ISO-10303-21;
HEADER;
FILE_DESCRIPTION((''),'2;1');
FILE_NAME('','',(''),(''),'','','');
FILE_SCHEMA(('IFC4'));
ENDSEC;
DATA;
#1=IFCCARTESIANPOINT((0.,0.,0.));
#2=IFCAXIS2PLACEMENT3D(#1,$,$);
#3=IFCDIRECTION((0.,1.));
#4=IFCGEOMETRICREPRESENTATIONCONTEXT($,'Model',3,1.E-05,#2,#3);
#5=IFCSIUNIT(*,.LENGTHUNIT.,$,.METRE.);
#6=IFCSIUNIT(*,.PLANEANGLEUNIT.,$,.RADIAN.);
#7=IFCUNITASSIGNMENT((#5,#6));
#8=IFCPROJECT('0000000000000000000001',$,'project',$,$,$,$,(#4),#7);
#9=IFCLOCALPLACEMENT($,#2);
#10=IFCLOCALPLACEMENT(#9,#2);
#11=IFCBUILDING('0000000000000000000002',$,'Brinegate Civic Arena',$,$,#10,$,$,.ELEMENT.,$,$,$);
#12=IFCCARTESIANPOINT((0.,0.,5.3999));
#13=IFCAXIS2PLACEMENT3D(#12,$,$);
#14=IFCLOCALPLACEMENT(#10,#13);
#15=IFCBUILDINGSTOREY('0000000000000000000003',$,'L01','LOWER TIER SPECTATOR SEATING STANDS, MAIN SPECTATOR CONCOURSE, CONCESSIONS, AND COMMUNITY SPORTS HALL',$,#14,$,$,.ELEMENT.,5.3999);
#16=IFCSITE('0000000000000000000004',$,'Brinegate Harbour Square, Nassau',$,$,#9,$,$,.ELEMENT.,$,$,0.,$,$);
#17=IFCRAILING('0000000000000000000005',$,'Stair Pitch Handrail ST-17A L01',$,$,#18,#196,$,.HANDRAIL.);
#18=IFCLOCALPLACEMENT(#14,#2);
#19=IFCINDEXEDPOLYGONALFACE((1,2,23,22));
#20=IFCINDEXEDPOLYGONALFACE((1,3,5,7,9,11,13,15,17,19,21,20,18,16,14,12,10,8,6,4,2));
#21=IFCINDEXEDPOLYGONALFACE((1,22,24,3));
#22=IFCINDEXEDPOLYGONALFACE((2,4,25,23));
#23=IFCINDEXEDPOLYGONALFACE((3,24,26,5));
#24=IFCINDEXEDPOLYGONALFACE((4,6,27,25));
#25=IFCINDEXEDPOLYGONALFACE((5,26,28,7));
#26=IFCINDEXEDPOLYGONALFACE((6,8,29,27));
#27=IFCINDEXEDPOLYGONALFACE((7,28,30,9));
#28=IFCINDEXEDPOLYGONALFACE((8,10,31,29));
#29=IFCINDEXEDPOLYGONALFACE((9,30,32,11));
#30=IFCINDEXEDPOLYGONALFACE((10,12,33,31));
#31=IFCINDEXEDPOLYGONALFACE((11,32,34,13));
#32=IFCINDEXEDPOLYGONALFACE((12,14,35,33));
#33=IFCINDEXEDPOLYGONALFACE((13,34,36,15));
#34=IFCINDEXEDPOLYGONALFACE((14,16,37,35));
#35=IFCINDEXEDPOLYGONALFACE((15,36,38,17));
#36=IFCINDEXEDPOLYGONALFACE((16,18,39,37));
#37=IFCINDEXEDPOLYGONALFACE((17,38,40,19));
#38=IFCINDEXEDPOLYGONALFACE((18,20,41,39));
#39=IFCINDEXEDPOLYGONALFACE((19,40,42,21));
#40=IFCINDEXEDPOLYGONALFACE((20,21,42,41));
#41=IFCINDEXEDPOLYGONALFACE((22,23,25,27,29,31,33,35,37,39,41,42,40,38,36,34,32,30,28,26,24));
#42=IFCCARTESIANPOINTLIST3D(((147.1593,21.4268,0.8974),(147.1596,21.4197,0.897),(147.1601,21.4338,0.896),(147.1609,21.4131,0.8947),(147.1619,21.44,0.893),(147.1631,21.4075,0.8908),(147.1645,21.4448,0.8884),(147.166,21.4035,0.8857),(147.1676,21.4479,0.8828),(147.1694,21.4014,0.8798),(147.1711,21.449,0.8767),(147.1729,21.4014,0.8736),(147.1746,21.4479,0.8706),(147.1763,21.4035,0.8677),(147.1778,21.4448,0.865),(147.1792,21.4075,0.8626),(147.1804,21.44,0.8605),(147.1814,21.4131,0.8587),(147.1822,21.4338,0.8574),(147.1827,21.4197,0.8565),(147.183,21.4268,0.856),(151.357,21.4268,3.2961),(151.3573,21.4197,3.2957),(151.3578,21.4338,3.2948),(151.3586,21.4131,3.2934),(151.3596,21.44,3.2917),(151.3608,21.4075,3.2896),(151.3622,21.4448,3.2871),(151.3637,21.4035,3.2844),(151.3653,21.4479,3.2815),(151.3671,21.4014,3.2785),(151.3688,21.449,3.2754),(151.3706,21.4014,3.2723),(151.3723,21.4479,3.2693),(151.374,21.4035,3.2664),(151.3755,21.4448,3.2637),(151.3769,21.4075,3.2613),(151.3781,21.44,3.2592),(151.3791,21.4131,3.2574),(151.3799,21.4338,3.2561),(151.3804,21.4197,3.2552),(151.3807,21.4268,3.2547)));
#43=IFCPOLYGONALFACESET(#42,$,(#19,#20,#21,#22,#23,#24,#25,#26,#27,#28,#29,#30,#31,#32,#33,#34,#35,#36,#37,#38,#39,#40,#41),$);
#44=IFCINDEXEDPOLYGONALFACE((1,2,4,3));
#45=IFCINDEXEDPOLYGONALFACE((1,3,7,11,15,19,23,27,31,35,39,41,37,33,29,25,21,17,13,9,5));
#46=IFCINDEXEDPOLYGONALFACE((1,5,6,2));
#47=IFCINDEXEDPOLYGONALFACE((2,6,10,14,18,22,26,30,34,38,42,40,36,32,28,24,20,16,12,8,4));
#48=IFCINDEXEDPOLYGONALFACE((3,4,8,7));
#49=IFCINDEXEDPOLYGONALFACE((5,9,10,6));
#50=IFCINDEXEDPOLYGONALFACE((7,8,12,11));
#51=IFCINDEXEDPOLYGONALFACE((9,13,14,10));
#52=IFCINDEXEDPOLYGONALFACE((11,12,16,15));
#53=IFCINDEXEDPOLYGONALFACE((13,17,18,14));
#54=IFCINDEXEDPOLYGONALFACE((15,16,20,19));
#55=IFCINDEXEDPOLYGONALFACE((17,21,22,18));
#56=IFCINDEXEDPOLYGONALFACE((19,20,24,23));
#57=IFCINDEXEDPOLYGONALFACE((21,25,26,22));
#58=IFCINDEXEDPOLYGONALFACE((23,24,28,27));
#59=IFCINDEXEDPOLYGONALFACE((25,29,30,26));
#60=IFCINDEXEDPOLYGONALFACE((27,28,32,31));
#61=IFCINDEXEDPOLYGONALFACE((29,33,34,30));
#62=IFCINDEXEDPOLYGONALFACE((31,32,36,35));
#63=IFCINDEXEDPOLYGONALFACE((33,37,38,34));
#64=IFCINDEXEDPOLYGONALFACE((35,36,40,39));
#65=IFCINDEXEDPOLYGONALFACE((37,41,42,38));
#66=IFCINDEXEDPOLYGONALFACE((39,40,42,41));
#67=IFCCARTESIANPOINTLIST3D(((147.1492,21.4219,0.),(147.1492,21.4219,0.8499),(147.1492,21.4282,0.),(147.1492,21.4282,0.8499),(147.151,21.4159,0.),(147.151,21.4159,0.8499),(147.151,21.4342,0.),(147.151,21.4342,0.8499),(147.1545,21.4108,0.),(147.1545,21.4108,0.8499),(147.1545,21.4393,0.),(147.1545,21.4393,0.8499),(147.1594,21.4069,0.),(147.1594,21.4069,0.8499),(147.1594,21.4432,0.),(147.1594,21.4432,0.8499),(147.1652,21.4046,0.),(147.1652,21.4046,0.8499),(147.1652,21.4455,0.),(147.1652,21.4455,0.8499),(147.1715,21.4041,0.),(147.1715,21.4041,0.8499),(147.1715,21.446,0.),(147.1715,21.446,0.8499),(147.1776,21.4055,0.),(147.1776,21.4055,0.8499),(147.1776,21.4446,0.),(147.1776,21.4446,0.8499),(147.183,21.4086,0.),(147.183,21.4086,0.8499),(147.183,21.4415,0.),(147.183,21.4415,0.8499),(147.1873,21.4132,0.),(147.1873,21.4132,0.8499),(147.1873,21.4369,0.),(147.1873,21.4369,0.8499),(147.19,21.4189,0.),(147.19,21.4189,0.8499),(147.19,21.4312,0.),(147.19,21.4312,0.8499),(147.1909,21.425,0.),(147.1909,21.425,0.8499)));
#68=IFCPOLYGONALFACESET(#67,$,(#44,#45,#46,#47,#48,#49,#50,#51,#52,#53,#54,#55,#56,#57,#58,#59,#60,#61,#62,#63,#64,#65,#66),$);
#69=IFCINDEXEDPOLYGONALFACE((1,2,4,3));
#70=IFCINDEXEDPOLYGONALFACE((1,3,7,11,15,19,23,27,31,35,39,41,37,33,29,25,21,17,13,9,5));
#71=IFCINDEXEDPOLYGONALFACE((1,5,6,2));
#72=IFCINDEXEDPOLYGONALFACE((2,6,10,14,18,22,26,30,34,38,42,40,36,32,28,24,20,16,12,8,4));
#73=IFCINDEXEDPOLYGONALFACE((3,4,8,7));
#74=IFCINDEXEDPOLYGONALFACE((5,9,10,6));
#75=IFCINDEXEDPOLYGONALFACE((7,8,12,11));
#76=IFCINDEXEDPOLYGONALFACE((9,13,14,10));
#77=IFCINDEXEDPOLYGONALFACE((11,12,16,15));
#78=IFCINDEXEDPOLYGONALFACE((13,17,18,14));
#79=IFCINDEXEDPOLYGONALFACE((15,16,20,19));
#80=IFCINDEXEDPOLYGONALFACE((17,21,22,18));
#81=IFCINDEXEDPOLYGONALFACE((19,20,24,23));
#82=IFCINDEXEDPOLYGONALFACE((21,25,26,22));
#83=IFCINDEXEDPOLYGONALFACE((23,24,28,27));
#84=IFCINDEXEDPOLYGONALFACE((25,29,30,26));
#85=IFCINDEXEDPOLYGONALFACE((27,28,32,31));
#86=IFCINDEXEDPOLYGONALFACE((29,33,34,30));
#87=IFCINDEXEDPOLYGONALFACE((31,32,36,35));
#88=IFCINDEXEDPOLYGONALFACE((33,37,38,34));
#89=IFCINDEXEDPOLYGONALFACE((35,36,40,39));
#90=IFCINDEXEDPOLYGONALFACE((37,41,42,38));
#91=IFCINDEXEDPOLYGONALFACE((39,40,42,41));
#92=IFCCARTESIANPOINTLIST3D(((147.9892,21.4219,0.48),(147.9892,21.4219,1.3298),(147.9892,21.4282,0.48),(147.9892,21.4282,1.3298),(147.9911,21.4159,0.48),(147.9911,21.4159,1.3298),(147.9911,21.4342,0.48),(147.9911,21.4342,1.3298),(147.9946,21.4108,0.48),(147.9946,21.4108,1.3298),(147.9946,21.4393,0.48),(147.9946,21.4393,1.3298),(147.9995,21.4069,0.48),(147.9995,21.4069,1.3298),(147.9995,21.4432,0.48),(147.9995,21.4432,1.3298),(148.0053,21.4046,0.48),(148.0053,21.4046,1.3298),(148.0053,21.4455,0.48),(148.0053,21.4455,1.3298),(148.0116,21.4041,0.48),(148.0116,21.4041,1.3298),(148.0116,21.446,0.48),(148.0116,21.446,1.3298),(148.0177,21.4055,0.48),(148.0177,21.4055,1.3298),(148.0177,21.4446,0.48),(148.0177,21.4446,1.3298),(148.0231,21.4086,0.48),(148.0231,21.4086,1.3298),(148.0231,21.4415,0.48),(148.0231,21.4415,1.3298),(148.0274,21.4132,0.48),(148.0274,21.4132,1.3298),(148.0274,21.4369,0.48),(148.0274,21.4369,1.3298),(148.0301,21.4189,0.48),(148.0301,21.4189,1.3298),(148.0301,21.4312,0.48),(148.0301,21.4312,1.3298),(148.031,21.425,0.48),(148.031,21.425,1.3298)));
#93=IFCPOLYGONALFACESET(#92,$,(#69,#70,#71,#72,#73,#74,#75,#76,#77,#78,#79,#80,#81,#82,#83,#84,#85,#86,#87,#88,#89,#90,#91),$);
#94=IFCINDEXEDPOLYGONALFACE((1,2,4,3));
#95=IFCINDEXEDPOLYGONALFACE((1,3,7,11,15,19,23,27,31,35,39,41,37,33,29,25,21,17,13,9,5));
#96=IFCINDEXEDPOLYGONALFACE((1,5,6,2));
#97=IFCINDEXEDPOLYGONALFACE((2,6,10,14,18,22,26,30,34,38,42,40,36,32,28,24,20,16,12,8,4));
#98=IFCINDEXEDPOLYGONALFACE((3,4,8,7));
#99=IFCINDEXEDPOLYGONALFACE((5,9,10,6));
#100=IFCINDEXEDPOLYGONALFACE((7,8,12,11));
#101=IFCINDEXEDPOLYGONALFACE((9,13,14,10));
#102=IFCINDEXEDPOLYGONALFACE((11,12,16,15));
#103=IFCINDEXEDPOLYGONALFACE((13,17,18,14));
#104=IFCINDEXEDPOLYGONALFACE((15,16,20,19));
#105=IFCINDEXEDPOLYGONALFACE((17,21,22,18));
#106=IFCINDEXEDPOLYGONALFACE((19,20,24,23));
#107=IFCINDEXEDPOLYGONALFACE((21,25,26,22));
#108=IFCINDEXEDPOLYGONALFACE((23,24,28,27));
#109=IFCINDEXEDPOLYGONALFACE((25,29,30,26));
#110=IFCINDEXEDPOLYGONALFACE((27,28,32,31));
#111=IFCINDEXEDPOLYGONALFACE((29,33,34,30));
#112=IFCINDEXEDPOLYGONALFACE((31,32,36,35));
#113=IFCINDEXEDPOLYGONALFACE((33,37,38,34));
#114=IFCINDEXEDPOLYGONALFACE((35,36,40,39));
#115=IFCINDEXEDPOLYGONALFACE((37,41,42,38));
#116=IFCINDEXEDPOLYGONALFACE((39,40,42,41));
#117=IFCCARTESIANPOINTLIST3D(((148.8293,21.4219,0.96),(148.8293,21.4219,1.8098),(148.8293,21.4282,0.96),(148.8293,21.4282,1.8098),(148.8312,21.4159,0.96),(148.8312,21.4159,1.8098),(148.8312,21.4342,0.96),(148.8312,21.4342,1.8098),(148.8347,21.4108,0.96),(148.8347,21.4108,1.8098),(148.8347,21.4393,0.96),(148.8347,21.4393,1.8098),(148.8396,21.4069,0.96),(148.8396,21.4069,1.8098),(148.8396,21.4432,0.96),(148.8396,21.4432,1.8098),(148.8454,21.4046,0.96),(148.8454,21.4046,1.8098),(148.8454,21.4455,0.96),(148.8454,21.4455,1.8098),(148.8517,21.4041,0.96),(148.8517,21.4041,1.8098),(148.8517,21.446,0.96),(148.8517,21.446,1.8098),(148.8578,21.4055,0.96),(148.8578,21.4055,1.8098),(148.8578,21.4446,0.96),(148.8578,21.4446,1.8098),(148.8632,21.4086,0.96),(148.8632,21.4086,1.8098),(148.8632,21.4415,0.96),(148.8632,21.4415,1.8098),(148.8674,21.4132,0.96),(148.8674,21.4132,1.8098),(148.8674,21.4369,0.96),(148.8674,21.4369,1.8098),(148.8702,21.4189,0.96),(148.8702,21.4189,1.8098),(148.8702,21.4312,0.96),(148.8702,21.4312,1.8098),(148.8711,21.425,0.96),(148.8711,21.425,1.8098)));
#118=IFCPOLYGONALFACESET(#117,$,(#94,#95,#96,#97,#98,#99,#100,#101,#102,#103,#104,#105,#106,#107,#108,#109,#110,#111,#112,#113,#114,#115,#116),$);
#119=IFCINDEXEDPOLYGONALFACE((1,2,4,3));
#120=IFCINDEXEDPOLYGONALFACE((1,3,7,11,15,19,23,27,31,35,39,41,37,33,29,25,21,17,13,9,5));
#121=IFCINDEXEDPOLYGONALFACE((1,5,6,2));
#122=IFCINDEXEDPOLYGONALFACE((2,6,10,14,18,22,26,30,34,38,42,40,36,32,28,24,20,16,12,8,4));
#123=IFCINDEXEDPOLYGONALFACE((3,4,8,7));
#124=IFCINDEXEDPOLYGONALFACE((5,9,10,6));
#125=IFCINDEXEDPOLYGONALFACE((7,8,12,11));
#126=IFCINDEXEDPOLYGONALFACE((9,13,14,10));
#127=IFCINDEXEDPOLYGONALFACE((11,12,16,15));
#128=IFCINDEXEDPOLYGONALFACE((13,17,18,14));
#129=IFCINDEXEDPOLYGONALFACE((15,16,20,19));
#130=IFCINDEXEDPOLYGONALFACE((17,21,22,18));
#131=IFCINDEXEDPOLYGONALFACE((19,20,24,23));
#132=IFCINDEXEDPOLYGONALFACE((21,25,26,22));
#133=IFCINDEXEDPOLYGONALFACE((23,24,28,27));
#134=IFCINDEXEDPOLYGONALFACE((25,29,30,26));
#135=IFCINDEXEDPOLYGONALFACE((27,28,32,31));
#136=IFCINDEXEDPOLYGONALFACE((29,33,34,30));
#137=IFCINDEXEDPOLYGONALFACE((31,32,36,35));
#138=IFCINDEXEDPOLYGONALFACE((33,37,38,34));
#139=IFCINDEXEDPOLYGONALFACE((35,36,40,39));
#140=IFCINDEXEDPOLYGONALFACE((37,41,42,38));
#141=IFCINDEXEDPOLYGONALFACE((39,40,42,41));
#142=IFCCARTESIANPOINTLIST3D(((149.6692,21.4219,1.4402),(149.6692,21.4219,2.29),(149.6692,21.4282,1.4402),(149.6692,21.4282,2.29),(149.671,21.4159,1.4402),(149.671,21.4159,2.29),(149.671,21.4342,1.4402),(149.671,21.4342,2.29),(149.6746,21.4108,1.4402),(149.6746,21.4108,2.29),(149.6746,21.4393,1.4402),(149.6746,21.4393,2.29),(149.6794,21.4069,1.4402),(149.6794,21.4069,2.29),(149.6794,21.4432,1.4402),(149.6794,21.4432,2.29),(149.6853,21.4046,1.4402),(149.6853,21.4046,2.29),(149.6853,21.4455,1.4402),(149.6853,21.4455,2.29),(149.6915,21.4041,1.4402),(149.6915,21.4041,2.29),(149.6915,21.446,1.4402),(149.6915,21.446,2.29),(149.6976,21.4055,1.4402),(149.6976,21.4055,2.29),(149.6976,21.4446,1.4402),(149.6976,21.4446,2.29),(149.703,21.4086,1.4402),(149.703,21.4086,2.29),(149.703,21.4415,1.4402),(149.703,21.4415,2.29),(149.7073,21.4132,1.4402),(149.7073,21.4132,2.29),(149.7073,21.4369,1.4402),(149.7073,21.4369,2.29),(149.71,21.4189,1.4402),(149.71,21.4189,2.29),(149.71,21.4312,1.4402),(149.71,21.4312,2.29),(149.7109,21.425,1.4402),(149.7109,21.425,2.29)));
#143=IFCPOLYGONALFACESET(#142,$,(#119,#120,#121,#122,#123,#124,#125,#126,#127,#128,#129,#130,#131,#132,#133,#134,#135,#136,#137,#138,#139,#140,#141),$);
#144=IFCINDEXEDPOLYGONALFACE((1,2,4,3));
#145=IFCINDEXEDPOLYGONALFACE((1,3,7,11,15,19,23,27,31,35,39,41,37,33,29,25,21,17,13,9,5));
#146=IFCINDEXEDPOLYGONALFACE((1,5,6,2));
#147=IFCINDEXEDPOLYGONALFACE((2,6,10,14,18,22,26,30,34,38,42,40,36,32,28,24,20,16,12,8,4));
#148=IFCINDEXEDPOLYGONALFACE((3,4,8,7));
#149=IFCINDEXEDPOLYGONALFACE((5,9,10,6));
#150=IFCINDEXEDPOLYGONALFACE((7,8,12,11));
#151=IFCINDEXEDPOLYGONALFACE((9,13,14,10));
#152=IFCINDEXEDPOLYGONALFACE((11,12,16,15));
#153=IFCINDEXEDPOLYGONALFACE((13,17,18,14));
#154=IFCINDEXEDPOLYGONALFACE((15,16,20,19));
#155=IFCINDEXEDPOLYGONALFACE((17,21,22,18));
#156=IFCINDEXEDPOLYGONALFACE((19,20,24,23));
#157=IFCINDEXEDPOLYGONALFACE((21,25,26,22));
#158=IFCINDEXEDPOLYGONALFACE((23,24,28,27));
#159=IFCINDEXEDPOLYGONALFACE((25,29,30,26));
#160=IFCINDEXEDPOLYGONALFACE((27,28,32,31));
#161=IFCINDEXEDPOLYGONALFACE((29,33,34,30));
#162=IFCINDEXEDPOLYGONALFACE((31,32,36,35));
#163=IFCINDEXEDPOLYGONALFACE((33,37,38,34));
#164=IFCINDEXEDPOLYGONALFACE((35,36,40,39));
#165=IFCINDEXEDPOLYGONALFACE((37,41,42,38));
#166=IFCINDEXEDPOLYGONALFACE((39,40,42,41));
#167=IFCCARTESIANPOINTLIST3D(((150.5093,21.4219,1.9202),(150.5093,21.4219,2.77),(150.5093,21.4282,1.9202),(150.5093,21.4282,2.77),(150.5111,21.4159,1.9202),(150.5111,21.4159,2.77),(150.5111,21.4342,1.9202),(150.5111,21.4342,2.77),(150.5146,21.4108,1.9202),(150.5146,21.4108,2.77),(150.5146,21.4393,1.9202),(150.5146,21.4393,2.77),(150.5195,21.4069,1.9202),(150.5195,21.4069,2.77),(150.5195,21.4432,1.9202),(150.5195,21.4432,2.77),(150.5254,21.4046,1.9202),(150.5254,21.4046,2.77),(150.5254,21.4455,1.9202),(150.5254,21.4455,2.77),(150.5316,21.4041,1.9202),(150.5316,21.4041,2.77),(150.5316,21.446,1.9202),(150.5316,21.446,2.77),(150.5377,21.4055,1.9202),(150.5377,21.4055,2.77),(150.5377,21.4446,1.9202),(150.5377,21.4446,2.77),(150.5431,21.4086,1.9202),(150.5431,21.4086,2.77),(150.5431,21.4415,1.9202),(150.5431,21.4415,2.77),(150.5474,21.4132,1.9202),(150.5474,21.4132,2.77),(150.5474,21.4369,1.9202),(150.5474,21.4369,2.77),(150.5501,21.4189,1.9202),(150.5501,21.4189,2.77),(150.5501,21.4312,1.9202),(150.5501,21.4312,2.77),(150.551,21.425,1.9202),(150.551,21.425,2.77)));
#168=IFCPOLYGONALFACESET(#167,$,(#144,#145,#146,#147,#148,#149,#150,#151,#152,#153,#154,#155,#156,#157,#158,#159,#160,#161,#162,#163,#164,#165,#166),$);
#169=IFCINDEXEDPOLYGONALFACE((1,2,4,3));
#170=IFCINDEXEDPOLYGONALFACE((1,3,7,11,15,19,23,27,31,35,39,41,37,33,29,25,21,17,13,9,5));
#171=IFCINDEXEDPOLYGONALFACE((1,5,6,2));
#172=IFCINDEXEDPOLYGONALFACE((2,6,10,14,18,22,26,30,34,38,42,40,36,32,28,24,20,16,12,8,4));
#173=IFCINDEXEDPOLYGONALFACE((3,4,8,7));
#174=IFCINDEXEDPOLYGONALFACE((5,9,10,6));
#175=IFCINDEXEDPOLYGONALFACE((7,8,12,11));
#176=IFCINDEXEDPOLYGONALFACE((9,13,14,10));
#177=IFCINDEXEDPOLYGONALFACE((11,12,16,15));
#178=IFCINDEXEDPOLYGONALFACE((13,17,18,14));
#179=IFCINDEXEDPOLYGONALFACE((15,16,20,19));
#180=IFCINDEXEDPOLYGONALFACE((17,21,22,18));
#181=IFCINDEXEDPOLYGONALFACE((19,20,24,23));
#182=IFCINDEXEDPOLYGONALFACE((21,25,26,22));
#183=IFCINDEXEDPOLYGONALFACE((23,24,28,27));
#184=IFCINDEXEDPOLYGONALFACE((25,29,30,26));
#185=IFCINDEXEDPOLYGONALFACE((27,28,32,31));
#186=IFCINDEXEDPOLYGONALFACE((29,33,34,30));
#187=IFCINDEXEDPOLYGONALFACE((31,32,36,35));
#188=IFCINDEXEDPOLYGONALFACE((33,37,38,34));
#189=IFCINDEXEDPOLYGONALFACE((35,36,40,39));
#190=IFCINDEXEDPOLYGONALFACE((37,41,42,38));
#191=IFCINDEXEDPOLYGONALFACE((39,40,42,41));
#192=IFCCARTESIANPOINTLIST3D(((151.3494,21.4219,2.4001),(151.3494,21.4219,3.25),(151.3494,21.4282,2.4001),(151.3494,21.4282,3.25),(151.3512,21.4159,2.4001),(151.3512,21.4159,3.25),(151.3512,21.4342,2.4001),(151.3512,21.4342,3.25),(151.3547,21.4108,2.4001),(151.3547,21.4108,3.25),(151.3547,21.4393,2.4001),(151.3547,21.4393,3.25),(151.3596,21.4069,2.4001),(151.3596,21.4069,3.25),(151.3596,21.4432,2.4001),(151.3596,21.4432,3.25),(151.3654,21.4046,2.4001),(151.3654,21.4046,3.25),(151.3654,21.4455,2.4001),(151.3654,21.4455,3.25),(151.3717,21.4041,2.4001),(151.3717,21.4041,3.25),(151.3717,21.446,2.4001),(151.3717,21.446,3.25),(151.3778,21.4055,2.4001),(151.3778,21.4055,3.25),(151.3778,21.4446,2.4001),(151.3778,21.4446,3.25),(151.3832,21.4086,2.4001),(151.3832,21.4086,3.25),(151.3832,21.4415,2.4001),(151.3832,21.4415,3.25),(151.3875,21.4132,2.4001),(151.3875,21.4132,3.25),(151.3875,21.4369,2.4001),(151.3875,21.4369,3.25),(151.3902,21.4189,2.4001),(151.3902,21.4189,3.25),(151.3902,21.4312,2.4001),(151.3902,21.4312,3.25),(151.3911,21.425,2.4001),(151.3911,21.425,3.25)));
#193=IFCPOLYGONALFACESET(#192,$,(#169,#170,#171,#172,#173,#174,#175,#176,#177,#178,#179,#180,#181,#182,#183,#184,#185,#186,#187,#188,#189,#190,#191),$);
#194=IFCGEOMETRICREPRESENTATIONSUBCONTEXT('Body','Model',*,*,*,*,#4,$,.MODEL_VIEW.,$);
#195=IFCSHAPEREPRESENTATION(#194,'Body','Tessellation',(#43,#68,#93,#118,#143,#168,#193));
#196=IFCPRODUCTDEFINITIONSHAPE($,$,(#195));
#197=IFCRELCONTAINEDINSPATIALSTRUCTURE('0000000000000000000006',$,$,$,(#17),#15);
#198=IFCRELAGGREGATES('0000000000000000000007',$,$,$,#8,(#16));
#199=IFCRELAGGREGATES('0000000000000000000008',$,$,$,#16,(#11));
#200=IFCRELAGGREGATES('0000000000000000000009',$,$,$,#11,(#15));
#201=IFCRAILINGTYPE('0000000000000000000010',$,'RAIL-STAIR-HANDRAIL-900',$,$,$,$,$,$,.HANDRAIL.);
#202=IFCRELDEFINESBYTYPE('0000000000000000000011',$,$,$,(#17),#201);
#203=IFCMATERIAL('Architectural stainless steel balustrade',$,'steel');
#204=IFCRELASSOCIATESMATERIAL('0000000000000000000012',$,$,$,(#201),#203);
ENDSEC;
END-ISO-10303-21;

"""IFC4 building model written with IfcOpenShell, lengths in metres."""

from ifc_helpers import new_model, si_unit, direction, frame, origin, origin_2d, place, context, subcontext, project, spatial, circle, extrude, material, type_object, element, save


model = new_model("IFC4")

# Units and contexts
model_context = context("Model", 3, precision=1e-05, world=origin(), true_north=direction((0.0, 1.0)))
body_context = subcontext(model_context, "Body", "Model", "MODEL_VIEW")
ifc_project = project(units=[si_unit("LENGTHUNIT", "METRE"), si_unit("PLANEANGLEUNIT", "RADIAN")], contexts=[model_context])

# Site, building, storey
site_placement = place(None, origin())
site = spatial("IfcSite", under=ifc_project, at=site_placement, Name="Brinegate Harbour Square, Nassau", CompositionType="ELEMENT", RefElevation=0.0)
building_placement = place(site_placement, origin())
building = spatial("IfcBuilding", under=site, at=building_placement, Name="Brinegate Civic Arena", CompositionType="ELEMENT")
storey_placement = place(building_placement, frame((0.0, 0.0, 5.3999)))
storey = spatial("IfcBuildingStorey", under=building, at=storey_placement, Name="L01", Description="LOWER TIER SPECTATOR SEATING STANDS, MAIN SPECTATOR CONCOURSE, CONCESSIONS, AND COMMUNITY SPORTS HALL", CompositionType="ELEMENT", Elevation=5.3999)

# Railing
ifc_material_1 = material(Name="Architectural stainless steel balustrade", Category="steel")
railing_type = type_object("IfcRailingType", Name="RAIL-STAIR-HANDRAIL-900", PredefinedType="HANDRAIL", material=ifc_material_1)
for number, where, name in (
    (1, (147.1699, 21.425, 0.0), "Stair Pitch Handrail ST-17A L01"),
):
    element("IfcRailing", number, at=place(storey_placement, frame(where)), inside=storey, type_object=railing_type, Name=name, PredefinedType="HANDRAIL", context=body_context, shape_type="SweptSolid", body=[
        extrude(circle(Radius=0.0239, at=origin_2d()), frame((0.0012, 0.0, 0.8767), z_axis=(0.86824, 0.0, 0.496144), x_axis=(0.0, 1.0, 0.0)), (0.0, 0.0, 1.0), 4.8347),
        extrude(circle(Radius=0.021, at=origin_2d()), origin(), (0.0, 0.0, 1.0), 0.8499),
        extrude(circle(Radius=0.021, at=origin_2d()), frame((0.8401, 0.0, 0.48)), (0.0, 0.0, 1.0), 0.8499),
        extrude(circle(Radius=0.021, at=origin_2d()), frame((1.6802, 0.0, 0.96)), (0.0, 0.0, 1.0), 0.8499),
        extrude(circle(Radius=0.021, at=origin_2d()), frame((2.52, 0.0, 1.4402)), (0.0, 0.0, 1.0), 0.8499),
        extrude(circle(Radius=0.021, at=origin_2d()), frame((3.3601, 0.0, 1.9202)), (0.0, 0.0, 1.0), 0.8499),
        extrude(circle(Radius=0.021, at=origin_2d()), frame((4.2002, 0.0, 2.4001)), (0.0, 0.0, 1.0), 0.8499),
    ])

save(model, "model.ifc")
